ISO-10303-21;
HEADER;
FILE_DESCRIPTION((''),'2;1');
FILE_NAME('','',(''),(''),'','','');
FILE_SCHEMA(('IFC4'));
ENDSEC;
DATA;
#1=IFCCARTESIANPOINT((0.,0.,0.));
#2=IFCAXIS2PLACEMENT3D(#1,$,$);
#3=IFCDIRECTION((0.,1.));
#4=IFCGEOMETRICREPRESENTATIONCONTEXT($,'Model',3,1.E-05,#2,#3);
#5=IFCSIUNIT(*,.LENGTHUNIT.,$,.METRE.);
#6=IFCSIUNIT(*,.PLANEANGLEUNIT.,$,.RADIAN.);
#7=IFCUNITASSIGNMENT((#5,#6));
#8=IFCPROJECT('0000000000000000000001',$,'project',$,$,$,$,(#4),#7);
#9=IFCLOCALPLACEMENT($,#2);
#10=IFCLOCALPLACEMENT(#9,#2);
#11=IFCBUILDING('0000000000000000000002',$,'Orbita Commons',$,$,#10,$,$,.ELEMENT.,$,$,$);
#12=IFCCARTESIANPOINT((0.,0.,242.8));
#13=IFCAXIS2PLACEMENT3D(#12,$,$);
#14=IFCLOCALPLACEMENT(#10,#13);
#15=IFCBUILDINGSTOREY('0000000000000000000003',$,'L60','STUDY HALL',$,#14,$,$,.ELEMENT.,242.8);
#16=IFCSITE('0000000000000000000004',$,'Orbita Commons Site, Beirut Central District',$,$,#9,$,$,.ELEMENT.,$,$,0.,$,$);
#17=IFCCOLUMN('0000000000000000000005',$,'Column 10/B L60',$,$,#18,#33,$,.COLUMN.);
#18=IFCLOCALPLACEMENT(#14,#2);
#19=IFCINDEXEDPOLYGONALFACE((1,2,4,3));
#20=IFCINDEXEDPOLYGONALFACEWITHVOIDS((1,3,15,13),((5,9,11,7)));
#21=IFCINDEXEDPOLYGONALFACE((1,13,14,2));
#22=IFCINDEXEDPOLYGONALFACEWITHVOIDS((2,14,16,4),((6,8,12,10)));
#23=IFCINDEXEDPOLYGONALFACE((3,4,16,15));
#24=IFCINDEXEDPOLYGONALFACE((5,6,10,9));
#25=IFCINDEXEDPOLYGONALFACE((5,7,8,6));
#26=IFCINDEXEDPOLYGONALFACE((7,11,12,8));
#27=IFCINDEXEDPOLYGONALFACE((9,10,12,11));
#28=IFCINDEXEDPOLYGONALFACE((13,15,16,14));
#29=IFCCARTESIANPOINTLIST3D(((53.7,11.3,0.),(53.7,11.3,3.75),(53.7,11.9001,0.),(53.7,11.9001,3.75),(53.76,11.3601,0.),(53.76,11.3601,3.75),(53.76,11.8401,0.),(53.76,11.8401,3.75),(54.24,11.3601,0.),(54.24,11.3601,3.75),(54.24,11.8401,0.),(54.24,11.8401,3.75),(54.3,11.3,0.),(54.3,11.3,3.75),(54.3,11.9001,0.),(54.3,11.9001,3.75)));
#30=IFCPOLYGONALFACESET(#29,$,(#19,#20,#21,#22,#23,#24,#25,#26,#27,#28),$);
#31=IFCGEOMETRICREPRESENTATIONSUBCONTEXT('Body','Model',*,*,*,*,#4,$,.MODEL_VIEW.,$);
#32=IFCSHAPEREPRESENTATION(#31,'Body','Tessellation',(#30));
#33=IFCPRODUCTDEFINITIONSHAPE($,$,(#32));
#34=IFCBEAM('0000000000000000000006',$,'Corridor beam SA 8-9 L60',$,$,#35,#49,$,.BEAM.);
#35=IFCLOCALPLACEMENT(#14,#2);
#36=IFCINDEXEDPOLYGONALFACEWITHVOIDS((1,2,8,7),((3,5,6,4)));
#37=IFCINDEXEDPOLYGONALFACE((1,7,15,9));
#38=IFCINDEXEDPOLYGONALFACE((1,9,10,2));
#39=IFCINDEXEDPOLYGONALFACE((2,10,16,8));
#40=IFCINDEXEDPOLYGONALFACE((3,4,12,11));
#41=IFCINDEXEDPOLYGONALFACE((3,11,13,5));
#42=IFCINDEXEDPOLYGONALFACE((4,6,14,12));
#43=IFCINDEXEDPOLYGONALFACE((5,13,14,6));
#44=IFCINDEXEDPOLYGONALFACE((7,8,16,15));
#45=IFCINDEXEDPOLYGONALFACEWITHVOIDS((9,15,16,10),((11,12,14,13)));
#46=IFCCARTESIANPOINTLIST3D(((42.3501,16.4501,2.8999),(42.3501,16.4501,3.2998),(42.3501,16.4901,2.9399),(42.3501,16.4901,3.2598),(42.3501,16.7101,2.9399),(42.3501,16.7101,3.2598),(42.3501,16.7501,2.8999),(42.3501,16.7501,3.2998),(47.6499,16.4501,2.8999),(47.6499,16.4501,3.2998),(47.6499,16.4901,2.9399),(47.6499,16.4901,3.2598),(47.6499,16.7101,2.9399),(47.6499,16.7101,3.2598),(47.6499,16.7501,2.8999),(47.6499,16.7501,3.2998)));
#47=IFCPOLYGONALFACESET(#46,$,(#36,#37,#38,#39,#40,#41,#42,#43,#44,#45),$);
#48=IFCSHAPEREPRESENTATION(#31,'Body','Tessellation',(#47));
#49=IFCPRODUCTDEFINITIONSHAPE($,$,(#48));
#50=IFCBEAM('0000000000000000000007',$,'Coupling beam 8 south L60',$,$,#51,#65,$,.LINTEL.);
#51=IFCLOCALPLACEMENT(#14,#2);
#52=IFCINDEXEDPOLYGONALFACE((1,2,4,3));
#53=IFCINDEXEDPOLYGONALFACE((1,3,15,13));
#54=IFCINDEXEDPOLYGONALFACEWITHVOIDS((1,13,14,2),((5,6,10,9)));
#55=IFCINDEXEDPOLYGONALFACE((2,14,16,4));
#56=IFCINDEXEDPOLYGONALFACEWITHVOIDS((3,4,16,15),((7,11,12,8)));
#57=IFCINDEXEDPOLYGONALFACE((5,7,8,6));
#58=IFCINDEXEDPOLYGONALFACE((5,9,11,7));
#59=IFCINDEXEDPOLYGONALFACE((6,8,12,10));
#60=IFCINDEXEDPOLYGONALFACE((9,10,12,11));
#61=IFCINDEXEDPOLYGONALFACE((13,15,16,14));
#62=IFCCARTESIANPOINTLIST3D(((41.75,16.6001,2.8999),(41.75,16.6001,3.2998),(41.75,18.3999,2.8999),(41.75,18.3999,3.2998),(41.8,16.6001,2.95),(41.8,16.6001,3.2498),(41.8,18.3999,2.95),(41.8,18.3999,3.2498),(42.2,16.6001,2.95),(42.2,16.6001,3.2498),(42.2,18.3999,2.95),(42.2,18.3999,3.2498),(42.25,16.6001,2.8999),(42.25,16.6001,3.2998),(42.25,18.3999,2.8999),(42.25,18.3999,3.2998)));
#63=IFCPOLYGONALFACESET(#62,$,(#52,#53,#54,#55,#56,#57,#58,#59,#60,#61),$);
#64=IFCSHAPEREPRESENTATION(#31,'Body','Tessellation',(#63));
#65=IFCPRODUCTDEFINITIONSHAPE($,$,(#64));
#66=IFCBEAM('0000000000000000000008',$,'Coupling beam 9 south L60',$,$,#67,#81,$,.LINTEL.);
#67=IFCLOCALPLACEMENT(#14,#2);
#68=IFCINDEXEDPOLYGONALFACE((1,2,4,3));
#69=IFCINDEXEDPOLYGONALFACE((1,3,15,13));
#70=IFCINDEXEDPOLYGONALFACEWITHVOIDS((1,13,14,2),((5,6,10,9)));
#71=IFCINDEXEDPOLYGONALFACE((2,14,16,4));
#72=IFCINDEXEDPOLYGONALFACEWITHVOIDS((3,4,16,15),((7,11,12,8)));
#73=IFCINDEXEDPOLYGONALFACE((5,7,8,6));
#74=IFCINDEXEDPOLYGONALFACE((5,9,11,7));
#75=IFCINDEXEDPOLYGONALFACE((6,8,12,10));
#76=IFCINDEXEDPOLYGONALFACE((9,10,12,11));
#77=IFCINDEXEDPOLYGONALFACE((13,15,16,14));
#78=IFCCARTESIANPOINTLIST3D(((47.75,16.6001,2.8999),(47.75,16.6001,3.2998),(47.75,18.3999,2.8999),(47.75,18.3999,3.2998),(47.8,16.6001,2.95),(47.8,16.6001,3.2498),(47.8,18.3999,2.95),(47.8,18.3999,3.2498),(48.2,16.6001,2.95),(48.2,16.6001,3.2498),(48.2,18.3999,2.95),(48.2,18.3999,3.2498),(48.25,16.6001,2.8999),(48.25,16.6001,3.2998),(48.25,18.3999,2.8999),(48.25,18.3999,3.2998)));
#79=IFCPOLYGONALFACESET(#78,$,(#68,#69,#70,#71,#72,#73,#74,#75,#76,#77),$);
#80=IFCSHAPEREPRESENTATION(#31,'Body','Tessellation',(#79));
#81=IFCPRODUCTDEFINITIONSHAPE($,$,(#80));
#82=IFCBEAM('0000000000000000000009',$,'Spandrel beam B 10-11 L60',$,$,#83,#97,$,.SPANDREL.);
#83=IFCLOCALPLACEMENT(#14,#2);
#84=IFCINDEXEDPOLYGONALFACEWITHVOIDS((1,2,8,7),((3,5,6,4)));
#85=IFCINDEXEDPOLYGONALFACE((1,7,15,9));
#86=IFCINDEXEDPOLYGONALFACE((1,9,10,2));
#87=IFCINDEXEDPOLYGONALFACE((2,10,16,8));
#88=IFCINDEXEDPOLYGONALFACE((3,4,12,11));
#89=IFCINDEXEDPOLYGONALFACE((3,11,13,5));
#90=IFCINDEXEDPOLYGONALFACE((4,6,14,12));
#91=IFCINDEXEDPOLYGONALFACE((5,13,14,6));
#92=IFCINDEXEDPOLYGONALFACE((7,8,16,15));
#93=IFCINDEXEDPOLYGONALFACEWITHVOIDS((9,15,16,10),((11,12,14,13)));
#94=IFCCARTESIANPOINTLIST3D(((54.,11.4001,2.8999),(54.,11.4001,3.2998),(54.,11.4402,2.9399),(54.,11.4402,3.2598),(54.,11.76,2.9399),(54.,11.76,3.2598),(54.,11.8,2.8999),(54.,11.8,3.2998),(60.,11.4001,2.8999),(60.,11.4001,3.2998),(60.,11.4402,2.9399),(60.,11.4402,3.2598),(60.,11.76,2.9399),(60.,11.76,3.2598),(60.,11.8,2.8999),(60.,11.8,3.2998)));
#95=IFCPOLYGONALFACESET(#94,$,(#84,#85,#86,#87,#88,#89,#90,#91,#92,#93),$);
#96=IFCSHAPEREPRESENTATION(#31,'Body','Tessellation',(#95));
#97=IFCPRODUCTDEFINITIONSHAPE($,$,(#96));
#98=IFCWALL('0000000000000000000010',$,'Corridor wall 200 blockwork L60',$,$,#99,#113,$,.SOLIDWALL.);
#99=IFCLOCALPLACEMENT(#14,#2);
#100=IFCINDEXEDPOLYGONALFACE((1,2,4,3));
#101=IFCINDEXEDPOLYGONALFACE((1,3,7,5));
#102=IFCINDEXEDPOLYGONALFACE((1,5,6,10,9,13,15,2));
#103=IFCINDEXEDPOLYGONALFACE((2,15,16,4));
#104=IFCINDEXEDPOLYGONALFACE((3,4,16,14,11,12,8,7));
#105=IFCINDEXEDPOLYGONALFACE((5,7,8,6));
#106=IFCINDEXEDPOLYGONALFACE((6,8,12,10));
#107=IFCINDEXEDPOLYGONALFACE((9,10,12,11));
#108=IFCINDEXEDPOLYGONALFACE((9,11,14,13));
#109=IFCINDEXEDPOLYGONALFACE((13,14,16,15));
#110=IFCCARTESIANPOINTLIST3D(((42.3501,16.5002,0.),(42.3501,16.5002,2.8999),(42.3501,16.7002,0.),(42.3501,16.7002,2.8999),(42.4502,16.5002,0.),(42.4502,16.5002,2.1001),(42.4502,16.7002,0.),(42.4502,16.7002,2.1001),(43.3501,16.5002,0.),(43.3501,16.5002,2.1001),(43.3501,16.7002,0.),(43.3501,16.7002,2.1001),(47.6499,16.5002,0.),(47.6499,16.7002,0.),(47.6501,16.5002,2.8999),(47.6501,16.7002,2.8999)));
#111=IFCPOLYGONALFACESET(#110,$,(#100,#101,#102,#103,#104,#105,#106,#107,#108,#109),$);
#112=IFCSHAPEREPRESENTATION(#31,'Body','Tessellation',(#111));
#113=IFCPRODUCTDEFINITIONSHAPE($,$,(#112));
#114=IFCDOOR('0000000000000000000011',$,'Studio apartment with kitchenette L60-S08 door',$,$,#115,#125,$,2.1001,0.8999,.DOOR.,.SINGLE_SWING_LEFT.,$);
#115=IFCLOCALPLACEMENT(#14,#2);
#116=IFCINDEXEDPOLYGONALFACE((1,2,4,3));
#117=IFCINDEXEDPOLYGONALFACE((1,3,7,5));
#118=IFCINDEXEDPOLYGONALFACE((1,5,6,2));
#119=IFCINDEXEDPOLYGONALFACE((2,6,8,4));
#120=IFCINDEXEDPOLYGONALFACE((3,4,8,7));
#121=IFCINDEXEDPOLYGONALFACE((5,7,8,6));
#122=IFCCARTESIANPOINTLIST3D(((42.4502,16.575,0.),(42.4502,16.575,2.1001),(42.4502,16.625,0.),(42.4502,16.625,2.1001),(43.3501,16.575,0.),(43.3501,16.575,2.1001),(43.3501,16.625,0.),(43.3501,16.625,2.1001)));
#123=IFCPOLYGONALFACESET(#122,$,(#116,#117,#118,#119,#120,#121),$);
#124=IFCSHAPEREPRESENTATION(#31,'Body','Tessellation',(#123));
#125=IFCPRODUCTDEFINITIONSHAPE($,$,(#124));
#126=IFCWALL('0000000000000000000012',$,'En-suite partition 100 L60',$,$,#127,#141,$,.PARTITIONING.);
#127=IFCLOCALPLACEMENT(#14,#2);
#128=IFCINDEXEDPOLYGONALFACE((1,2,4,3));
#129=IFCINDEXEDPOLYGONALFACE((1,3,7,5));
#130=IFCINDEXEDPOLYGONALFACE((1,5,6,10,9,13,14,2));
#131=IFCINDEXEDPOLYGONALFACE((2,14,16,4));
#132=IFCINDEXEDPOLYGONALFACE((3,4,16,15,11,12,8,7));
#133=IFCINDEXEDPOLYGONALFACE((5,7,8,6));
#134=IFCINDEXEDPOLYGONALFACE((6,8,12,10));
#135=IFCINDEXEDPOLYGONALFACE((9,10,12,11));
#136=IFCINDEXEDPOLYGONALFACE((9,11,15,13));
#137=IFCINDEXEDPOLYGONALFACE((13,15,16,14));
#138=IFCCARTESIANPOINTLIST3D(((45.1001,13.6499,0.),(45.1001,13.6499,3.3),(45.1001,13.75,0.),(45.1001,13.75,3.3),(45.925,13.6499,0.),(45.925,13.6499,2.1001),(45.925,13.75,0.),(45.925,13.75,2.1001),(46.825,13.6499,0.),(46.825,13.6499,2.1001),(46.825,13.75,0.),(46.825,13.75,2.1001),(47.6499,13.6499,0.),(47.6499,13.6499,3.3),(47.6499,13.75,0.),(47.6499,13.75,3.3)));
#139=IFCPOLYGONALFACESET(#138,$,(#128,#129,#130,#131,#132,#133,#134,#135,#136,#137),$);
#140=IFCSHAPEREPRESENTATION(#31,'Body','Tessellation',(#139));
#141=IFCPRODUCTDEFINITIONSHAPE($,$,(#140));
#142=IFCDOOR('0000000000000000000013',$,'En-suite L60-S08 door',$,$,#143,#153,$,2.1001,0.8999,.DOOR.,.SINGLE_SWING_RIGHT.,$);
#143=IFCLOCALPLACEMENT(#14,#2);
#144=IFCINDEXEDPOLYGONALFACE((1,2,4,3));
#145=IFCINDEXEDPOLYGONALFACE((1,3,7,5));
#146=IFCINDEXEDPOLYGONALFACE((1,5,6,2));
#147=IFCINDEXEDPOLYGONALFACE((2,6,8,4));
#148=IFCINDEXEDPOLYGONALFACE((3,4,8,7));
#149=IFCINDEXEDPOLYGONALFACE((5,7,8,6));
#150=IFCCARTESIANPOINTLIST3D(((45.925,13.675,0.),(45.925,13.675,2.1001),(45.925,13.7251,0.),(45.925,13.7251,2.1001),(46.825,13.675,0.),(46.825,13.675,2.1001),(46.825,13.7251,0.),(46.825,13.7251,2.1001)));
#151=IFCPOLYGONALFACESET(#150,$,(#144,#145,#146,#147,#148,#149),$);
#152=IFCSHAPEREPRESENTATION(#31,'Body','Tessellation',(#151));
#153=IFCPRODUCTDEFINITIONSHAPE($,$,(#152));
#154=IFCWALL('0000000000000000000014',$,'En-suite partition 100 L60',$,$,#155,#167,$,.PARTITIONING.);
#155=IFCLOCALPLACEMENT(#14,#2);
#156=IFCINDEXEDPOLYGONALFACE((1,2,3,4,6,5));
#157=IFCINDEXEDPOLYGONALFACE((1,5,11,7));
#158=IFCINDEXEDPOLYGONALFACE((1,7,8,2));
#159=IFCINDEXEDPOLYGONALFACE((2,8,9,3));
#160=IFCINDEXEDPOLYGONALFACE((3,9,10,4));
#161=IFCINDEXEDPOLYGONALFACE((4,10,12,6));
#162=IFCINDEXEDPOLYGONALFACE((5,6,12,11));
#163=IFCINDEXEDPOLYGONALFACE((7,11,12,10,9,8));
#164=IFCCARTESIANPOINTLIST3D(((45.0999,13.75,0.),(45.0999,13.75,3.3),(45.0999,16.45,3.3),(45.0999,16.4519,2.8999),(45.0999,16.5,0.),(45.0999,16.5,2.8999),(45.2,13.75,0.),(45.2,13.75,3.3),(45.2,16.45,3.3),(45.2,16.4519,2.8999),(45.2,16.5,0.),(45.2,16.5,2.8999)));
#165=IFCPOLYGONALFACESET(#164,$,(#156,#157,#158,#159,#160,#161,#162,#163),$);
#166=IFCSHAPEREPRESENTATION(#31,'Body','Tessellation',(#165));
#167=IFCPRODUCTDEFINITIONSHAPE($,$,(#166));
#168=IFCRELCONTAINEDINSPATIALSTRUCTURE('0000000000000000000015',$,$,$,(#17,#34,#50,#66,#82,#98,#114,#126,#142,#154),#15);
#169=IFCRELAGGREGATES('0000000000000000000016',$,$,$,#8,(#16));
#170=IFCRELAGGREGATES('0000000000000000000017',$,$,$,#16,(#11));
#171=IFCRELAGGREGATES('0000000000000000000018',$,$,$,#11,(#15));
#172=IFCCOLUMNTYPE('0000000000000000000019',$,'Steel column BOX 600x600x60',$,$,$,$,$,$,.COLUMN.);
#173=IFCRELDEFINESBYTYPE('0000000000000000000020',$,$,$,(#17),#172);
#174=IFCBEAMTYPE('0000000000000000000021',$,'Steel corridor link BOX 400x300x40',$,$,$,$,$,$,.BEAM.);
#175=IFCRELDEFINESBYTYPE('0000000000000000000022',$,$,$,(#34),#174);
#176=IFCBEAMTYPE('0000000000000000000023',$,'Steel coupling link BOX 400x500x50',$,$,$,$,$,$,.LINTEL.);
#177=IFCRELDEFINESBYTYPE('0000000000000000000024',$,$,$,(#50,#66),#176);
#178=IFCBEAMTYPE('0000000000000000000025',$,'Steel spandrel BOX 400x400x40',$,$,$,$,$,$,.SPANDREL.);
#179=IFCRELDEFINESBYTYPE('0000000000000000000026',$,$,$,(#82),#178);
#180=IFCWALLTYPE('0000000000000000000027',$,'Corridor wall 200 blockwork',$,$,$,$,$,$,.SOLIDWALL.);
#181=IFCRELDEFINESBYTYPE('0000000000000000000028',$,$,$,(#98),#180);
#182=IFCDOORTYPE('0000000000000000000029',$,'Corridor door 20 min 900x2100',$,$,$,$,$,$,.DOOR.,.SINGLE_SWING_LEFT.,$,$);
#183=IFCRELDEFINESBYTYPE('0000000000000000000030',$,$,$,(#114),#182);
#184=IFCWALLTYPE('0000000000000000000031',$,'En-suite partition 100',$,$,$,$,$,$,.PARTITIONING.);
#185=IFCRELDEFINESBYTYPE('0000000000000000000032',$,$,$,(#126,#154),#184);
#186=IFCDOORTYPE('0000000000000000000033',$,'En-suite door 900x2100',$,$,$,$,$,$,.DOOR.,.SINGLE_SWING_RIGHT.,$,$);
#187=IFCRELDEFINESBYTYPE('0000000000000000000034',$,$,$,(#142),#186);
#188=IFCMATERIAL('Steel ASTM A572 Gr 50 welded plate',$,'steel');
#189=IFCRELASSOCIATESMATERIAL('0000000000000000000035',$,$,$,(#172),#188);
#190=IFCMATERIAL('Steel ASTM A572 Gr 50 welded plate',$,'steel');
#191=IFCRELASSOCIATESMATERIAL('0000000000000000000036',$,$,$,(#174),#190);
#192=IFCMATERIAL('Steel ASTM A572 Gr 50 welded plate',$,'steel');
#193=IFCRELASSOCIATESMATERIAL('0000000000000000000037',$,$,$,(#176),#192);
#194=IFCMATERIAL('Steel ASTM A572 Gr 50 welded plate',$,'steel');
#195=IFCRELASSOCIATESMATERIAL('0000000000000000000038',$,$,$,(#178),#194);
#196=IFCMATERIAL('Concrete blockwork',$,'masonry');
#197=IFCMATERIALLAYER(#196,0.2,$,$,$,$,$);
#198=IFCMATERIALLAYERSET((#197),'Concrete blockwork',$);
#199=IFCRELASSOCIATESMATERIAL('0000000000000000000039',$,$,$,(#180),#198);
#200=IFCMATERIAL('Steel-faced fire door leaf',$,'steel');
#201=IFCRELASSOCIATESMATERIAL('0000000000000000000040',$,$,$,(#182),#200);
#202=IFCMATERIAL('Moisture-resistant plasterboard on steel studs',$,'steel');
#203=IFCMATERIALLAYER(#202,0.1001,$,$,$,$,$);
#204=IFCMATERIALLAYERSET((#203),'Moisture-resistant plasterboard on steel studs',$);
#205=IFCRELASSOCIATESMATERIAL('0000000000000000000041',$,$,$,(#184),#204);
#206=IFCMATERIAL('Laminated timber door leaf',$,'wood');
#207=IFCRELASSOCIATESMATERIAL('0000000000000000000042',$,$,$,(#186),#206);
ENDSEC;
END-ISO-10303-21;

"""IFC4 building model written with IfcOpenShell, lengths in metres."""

from ifc_helpers import new_model, si_unit, direction, frame, frame_2d, origin, origin_2d, place, context, subcontext, project, spatial, polyline, rectangle, hollow_rectangle, outline, extrude, material, layer, layer_set, material_profile, profile_set, type_object, element, fill, save


model = new_model("IFC4")

# Units and contexts
model_context = context("Model", 3, precision=1e-05, world=origin(), true_north=direction((0.0, 1.0)))
body_context = subcontext(model_context, "Body", "Model", "MODEL_VIEW")
ifc_project = project(units=[si_unit("LENGTHUNIT", "METRE"), si_unit("PLANEANGLEUNIT", "RADIAN")], contexts=[model_context])

# Site, building, storey
site_placement = place(None, origin())
site = spatial("IfcSite", under=ifc_project, at=site_placement, Name="Orbita Commons Site, Beirut Central District", CompositionType="ELEMENT", RefElevation=0.0)
building_placement = place(site_placement, origin())
building = spatial("IfcBuilding", under=site, at=building_placement, Name="Orbita Commons", CompositionType="ELEMENT")
storey_placement = place(building_placement, frame((0.0, 0.0, 242.8)))
storey = spatial("IfcBuildingStorey", under=building, at=storey_placement, Name="L60", Description="STUDY HALL", CompositionType="ELEMENT", Elevation=242.8)

# Column
ifc_material_1 = material(Name="Steel ASTM A572 Gr 50 welded plate", Category="steel")
ifc_material_profile_1 = material_profile(ifc_material_1, hollow_rectangle(XDim=0.6001, YDim=0.6001, WallThickness=0.0601, at=origin_2d()), Name="BOX 600x600x60")
ifc_profile_set_1 = profile_set([ifc_material_profile_1], Name="Steel ASTM A572 Gr 50 welded plate")
column_type = type_object("IfcColumnType", Name="Steel column BOX 600x600x60", PredefinedType="COLUMN", material=ifc_profile_set_1)
column_placement = place(storey_placement, frame((54.0, 11.6001, 0.0), z_axis=(0.0, 0.0, 1.0), x_axis=(1.0, 0.0, 0.0)))
element("IfcColumn", 1, at=column_placement, inside=storey, type_object=column_type, Name="Column 10/B L60", PredefinedType="COLUMN", context=body_context, shape_type="SweptSolid", body=[
    extrude(hollow_rectangle(XDim=0.6001, YDim=0.6001, WallThickness=0.0601, at=origin_2d()), origin(), (0.0, 0.0, 1.0), 3.75),
])

# Beams
ifc_material_2 = material(Name="Steel ASTM A572 Gr 50 welded plate", Category="steel")
ifc_material_profile_2 = material_profile(ifc_material_2, hollow_rectangle(XDim=0.3, YDim=0.3999, WallThickness=0.04, at=origin_2d()), Name="BOX 400x300x40")
ifc_profile_set_2 = profile_set([ifc_material_profile_2], Name="Steel ASTM A572 Gr 50 welded plate")
beam_type_1 = type_object("IfcBeamType", Name="Steel corridor link BOX 400x300x40", PredefinedType="BEAM", material=ifc_profile_set_2)
beam_1_placement = place(storey_placement, frame((42.3501, 16.6001, 3.0999), z_axis=(1.0, 0.0, 0.0), x_axis=(0.0, 1.0, 0.0)))
element("IfcBeam", 2, at=beam_1_placement, inside=storey, type_object=beam_type_1, Name="Corridor beam SA 8-9 L60", PredefinedType="BEAM", context=body_context, shape_type="SweptSolid", body=[
    extrude(hollow_rectangle(XDim=0.3, YDim=0.3999, WallThickness=0.04, at=origin_2d()), origin(), (0.0, 0.0, 1.0), 5.2998),
])
ifc_material_3 = material(Name="Steel ASTM A572 Gr 50 welded plate", Category="steel")
ifc_material_profile_3 = material_profile(ifc_material_3, hollow_rectangle(XDim=0.5, YDim=0.3999, WallThickness=0.05, at=origin_2d()), Name="BOX 400x500x50")
ifc_profile_set_3 = profile_set([ifc_material_profile_3], Name="Steel ASTM A572 Gr 50 welded plate")
beam_type_2 = type_object("IfcBeamType", Name="Steel coupling link BOX 400x500x50", PredefinedType="LINTEL", material=ifc_profile_set_3)
for number, where, z_axis, x_axis, name in (
    (3, (42.0, 16.6001, 3.0999), (0.0, 1.0, 0.0), (-1.0, 0.0, 0.0), "Coupling beam 8 south L60"),
    (4, (48.0, 16.6001, 3.0999), (0.0, 1.0, 0.0), (-1.0, 0.0, 0.0), "Coupling beam 9 south L60"),
):
    element("IfcBeam", number, at=place(storey_placement, frame(where, z_axis=z_axis, x_axis=x_axis)), inside=storey, type_object=beam_type_2, Name=name, PredefinedType="LINTEL", context=body_context, shape_type="SweptSolid", body=[
        extrude(hollow_rectangle(XDim=0.5, YDim=0.3999, WallThickness=0.05, at=origin_2d()), origin(), (0.0, 0.0, 1.0), 1.7998),
    ])
ifc_material_4 = material(Name="Steel ASTM A572 Gr 50 welded plate", Category="steel")
ifc_material_profile_4 = material_profile(ifc_material_4, hollow_rectangle(XDim=0.3999, YDim=0.3999, WallThickness=0.04, at=origin_2d()), Name="BOX 400x400x40")
ifc_profile_set_4 = profile_set([ifc_material_profile_4], Name="Steel ASTM A572 Gr 50 welded plate")
beam_type_3 = type_object("IfcBeamType", Name="Steel spandrel BOX 400x400x40", PredefinedType="SPANDREL", material=ifc_profile_set_4)
beam_2_placement = place(storey_placement, frame((54.0, 11.6001, 3.0999), z_axis=(1.0, 0.0, 0.0), x_axis=(0.0, 1.0, 0.0)))
element("IfcBeam", 5, at=beam_2_placement, inside=storey, type_object=beam_type_3, Name="Spandrel beam B 10-11 L60", PredefinedType="SPANDREL", context=body_context, shape_type="SweptSolid", body=[
    extrude(hollow_rectangle(XDim=0.3999, YDim=0.3999, WallThickness=0.04, at=origin_2d()), origin(), (0.0, 0.0, 1.0), 6.0),
])

# Walls, openings, doors
ifc_material_5 = material(Name="Concrete blockwork", Category="masonry")
ifc_layer_1 = layer(ifc_material_5, 0.2)
ifc_layer_set_1 = layer_set([ifc_layer_1], Name="Concrete blockwork")
wall_type_1 = type_object("IfcWallType", Name="Corridor wall 200 blockwork", PredefinedType="SOLIDWALL", material=ifc_layer_set_1)
wall_1_placement = place(storey_placement, frame((42.3501, 16.6001, 0.0), z_axis=(0.0, 0.0, 1.0), x_axis=(1.0, 0.0, 0.0)))
wall_1 = element("IfcWall", 6, at=wall_1_placement, inside=storey, type_object=wall_type_1, Name="Corridor wall 200 blockwork L60", PredefinedType="SOLIDWALL", context=body_context, shape_type="SweptSolid", body=[
    extrude(outline(polyline([(0.0, 0.0), (5.2998, 0.0), (5.3, 2.8999), (0.0, 2.8999), (0.0, 0.0)])), frame((0.0, 0.1001, 0.0), z_axis=(0.0, -1.0, 0.0), x_axis=(1.0, 0.0, 0.0)), (0.0, 0.0, 1.0), 0.2),
])
opening_1_placement = place(wall_1_placement, frame((0.1001, 0.0, 0.0)))
opening_1 = element("IfcOpeningElement", 7, at=opening_1_placement, cuts=wall_1, PredefinedType="OPENING", context=body_context, shape_type="SweptSolid", body=[
    extrude(rectangle(XDim=0.8999, YDim=2.1001, at=frame_2d((0.45, 1.05))), frame((0.0, 0.1099, 0.0), z_axis=(0.0, -1.0, 0.0), x_axis=(1.0, 0.0, 0.0)), (0.0, 0.0, 1.0), 0.22),
])
ifc_material_6 = material(Name="Steel-faced fire door leaf", Category="steel")
door_type_1 = type_object("IfcDoorType", Name="Corridor door 20 min 900x2100", OperationType="SINGLE_SWING_LEFT", PredefinedType="DOOR", material=ifc_material_6)
door_1_placement = place(opening_1_placement, origin())
door_1 = element("IfcDoor", 8, at=door_1_placement, inside=storey, type_object=door_type_1, Name="Studio apartment with kitchenette L60-S08 door", OperationType="SINGLE_SWING_LEFT", OverallHeight=2.1001, OverallWidth=0.8999, PredefinedType="DOOR", context=body_context, shape_type="SweptSolid", body=[
    extrude(rectangle(XDim=0.8999, YDim=2.1001, at=frame_2d((0.45, 1.05))), frame((0.0, 0.0249, 0.0), z_axis=(0.0, -1.0, 0.0), x_axis=(1.0, 0.0, 0.0)), (0.0, 0.0, 1.0), 0.05),
])
fill(opening_1, door_1)
ifc_material_7 = material(Name="Moisture-resistant plasterboard on steel studs", Category="steel")
ifc_layer_2 = layer(ifc_material_7, 0.1001)
ifc_layer_set_2 = layer_set([ifc_layer_2], Name="Moisture-resistant plasterboard on steel studs")
wall_type_2 = type_object("IfcWallType", Name="En-suite partition 100", PredefinedType="PARTITIONING", material=ifc_layer_set_2)
wall_2_placement = place(storey_placement, frame((47.6499, 13.7, 0.0), z_axis=(0.0, 0.0, 1.0), x_axis=(-1.0, 0.0, 0.0)))
wall_2 = element("IfcWall", 9, at=wall_2_placement, inside=storey, type_object=wall_type_2, Name="En-suite partition 100 L60", PredefinedType="PARTITIONING", context=body_context, shape_type="SweptSolid", body=[
    extrude(rectangle(XDim=2.5498, YDim=0.1001, at=frame_2d((1.2749, 0.0))), origin(), (0.0, 0.0, 1.0), 3.3),
])
opening_2_placement = place(wall_2_placement, frame((0.825, 0.0, 0.0)))
opening_2 = element("IfcOpeningElement", 10, at=opening_2_placement, cuts=wall_2, PredefinedType="OPENING", context=body_context, shape_type="SweptSolid", body=[
    extrude(rectangle(XDim=0.8999, YDim=2.1001, at=frame_2d((0.45, 1.05))), frame((0.0, 0.0601, 0.0), z_axis=(0.0, -1.0, 0.0), x_axis=(1.0, 0.0, 0.0)), (0.0, 0.0, 1.0), 0.1201),
])
ifc_material_8 = material(Name="Laminated timber door leaf", Category="wood")
door_type_2 = type_object("IfcDoorType", Name="En-suite door 900x2100", OperationType="SINGLE_SWING_RIGHT", PredefinedType="DOOR", material=ifc_material_8)
door_2_placement = place(opening_2_placement, origin())
door_2 = element("IfcDoor", 11, at=door_2_placement, inside=storey, type_object=door_type_2, Name="En-suite L60-S08 door", OperationType="SINGLE_SWING_RIGHT", OverallHeight=2.1001, OverallWidth=0.8999, PredefinedType="DOOR", context=body_context, shape_type="SweptSolid", body=[
    extrude(rectangle(XDim=0.8999, YDim=2.1001, at=frame_2d((0.45, 1.05))), frame((0.0, 0.0249, 0.0), z_axis=(0.0, -1.0, 0.0), x_axis=(1.0, 0.0, 0.0)), (0.0, 0.0, 1.0), 0.05),
])
fill(opening_2, door_2)

# Wall
wall_3_placement = place(storey_placement, frame((45.1499, 13.75, 0.0), z_axis=(0.0, 0.0, 1.0), x_axis=(0.0, 1.0, 0.0)))
element("IfcWall", 12, at=wall_3_placement, inside=storey, type_object=wall_type_2, Name="En-suite partition 100 L60", PredefinedType="PARTITIONING", context=body_context, shape_type="SweptSolid", body=[
    extrude(outline(polyline([(0.0, 0.0), (2.75, 0.0), (2.75, 2.8999), (2.7019, 2.8999), (2.7, 3.3), (0.0, 3.3), (0.0, 0.0)])), frame((0.0, 0.05, 0.0), z_axis=(0.0, -1.0, 0.0), x_axis=(1.0, 0.0, 0.0)), (0.0, 0.0, 1.0), 0.1001),
])

save(model, "model.ifc")
